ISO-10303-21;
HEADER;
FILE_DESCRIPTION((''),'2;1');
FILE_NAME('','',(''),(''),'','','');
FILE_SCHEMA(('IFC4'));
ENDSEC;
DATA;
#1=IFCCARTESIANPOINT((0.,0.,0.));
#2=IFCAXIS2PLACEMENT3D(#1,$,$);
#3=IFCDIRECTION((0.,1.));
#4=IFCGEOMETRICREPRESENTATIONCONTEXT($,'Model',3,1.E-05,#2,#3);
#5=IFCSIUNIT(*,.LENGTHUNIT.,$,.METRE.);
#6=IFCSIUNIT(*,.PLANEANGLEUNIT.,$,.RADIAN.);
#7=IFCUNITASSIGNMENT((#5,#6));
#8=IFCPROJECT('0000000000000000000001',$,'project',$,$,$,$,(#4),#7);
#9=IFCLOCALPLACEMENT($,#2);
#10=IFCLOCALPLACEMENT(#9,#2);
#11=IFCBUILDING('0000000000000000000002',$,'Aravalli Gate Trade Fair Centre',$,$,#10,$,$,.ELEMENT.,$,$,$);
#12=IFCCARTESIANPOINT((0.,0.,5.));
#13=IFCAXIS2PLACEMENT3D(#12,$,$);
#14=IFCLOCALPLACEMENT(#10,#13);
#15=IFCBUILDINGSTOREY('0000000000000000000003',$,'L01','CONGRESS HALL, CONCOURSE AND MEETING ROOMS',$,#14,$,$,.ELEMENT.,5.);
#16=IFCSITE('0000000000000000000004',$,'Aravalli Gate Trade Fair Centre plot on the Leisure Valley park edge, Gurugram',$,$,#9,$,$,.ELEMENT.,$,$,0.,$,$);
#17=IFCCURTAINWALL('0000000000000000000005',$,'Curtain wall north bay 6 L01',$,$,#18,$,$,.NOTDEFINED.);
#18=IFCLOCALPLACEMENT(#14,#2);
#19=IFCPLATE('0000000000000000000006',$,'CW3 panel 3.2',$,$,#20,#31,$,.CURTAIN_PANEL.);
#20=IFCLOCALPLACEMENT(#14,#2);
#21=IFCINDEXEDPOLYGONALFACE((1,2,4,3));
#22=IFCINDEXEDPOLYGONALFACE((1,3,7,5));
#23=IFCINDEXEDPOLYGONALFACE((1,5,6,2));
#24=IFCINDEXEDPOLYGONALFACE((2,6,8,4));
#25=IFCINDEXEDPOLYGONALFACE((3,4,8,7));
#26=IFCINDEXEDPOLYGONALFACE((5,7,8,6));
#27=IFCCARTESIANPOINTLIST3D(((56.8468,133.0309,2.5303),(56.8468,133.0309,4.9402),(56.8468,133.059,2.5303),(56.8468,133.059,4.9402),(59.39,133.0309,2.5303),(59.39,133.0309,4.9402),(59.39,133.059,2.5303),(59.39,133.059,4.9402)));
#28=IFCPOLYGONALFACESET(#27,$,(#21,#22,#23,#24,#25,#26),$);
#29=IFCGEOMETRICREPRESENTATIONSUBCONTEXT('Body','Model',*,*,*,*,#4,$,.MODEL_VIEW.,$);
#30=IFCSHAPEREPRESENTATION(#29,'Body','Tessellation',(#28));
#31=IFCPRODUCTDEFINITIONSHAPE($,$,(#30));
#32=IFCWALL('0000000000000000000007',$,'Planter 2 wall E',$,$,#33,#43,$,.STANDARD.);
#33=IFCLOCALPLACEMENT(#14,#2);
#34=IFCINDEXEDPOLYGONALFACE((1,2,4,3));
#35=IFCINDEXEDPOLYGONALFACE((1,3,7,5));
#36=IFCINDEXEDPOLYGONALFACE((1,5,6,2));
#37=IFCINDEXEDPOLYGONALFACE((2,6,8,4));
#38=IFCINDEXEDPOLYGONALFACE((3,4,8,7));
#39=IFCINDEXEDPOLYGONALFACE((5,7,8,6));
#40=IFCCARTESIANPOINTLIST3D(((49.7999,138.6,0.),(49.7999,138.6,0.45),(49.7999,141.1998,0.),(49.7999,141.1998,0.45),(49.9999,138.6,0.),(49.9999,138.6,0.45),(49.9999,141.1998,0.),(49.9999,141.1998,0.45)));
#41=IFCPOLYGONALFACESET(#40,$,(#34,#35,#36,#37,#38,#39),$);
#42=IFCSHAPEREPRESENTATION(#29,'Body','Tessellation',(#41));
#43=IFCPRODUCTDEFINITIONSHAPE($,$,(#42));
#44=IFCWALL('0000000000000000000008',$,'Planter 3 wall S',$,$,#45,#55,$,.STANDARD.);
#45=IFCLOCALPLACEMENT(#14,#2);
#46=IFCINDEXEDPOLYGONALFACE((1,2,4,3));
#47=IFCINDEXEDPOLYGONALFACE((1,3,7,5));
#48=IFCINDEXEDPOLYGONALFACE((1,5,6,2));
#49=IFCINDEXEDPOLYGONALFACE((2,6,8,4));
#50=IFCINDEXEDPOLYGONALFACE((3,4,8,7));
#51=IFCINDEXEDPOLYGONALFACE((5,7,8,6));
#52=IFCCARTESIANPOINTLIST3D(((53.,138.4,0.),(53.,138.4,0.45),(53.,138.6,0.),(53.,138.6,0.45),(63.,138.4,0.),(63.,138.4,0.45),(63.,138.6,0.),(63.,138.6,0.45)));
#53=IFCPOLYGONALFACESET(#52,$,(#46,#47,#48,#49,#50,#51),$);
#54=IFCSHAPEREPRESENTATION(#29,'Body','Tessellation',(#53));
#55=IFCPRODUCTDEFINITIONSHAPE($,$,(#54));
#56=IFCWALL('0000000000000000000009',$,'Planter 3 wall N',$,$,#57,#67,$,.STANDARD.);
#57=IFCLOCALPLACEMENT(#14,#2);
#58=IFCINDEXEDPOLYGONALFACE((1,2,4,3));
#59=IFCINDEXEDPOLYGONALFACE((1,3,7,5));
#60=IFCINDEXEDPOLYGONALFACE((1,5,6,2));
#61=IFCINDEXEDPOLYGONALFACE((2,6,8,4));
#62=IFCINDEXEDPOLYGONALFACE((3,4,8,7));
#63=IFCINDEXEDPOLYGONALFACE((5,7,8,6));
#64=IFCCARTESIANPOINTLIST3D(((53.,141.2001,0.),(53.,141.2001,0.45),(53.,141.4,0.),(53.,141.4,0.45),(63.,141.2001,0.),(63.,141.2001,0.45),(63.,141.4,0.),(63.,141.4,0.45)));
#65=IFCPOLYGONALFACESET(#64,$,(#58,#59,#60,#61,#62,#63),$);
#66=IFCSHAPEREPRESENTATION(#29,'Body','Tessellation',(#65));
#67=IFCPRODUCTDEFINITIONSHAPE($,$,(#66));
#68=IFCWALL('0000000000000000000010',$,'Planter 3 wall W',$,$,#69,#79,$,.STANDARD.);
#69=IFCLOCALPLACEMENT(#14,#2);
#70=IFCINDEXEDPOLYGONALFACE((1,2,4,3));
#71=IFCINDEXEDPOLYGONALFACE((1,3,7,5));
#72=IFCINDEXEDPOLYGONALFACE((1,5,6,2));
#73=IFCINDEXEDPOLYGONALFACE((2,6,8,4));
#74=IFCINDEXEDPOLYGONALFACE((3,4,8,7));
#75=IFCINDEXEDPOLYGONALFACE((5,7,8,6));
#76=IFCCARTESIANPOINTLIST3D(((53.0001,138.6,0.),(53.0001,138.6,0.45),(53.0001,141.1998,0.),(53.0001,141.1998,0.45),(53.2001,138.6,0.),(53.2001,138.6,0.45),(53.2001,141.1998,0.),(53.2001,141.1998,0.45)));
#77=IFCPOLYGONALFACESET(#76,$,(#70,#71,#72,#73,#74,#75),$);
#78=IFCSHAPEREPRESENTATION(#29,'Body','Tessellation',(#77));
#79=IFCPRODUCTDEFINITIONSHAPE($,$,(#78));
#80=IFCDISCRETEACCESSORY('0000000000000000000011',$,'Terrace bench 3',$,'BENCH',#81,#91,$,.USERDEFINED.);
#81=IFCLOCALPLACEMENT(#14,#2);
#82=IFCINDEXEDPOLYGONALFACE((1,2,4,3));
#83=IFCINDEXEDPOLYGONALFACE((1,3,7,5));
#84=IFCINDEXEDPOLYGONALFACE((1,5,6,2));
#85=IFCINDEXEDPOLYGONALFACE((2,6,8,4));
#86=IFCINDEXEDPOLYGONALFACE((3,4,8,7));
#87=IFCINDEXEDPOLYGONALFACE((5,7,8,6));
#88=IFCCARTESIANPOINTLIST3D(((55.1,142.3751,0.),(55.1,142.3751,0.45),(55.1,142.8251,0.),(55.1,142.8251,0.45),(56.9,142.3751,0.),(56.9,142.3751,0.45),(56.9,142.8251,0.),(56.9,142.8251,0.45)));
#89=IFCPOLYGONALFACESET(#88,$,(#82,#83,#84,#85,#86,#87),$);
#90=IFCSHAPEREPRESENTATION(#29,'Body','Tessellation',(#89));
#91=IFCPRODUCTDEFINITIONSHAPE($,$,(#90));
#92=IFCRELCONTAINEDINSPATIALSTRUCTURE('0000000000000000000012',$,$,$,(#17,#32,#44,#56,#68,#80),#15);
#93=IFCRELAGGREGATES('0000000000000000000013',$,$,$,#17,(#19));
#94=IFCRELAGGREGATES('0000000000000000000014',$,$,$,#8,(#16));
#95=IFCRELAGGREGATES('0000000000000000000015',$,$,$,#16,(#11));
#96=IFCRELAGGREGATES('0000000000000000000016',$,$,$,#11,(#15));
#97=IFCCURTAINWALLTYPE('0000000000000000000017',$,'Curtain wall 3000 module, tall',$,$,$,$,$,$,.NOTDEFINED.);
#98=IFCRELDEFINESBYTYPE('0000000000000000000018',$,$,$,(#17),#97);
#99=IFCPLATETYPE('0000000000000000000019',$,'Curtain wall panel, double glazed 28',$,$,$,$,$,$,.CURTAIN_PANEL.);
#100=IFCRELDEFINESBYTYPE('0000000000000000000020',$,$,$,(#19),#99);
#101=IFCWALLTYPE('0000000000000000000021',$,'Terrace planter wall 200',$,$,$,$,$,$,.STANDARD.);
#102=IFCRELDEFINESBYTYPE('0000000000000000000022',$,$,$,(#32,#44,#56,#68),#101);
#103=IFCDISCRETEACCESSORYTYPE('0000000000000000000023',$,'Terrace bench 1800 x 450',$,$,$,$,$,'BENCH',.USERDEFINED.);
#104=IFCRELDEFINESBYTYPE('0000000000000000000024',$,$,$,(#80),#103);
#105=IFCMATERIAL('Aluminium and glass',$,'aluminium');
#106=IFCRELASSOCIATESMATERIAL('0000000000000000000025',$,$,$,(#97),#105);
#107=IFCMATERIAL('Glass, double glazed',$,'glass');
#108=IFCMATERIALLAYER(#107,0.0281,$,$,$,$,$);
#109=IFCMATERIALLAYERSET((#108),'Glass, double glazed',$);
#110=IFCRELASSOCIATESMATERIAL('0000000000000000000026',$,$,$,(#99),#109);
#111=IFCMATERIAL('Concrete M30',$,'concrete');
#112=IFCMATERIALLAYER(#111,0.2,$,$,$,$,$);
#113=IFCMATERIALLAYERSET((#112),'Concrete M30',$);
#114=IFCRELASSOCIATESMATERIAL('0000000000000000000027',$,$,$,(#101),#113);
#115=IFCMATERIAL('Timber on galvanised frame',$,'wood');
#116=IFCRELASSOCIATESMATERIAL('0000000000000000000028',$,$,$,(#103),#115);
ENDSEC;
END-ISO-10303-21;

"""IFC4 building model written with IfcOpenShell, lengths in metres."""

from ifc_helpers import new_model, si_unit, direction, frame, frame_2d, origin, origin_2d, place, context, subcontext, project, spatial, rectangle, extrude, material, layer, layer_set, type_object, element, aggregate, save


model = new_model("IFC4")

# Units and contexts
model_context = context("Model", 3, precision=1e-05, world=origin(), true_north=direction((0.0, 1.0)))
body_context = subcontext(model_context, "Body", "Model", "MODEL_VIEW")
ifc_project = project(units=[si_unit("LENGTHUNIT", "METRE"), si_unit("PLANEANGLEUNIT", "RADIAN")], contexts=[model_context])

# Site, building, storey
site_placement = place(None, origin())
site = spatial("IfcSite", under=ifc_project, at=site_placement, Name="Aravalli Gate Trade Fair Centre plot on the Leisure Valley park edge, Gurugram", CompositionType="ELEMENT", RefElevation=0.0)
building_placement = place(site_placement, origin())
building = spatial("IfcBuilding", under=site, at=building_placement, Name="Aravalli Gate Trade Fair Centre", CompositionType="ELEMENT")
storey_placement = place(building_placement, frame((0.0, 0.0, 5.0)))
storey = spatial("IfcBuildingStorey", under=building, at=storey_placement, Name="L01", Description="CONGRESS HALL, CONCOURSE AND MEETING ROOMS", CompositionType="ELEMENT", Elevation=5.0)

# Curtain wall
ifc_material_1 = material(Name="Aluminium and glass", Category="aluminium")
curtain_wall_type = type_object("IfcCurtainWallType", Name="Curtain wall 3000 module, tall", PredefinedType="NOTDEFINED", material=ifc_material_1)
curtain_wall_1_placement = place(storey_placement, origin())
curtain_wall_1 = element("IfcCurtainWall", 1, at=curtain_wall_1_placement, inside=storey, type_object=curtain_wall_type, Name="Curtain wall north bay 6 L01", PredefinedType="NOTDEFINED")

# Plate
ifc_material_2 = material(Name="Glass, double glazed", Category="glass")
ifc_layer_1 = layer(ifc_material_2, 0.0281)
ifc_layer_set_1 = layer_set([ifc_layer_1], Name="Glass, double glazed")
plate_type = type_object("IfcPlateType", Name="Curtain wall panel, double glazed 28", PredefinedType="CURTAIN_PANEL", material=ifc_layer_set_1)
plate_1_placement = place(storey_placement, frame((58.1184, 133.0449, 2.5303), z_axis=(0.0, 0.0, 1.0), x_axis=(1.0, 0.0, 0.0)))
plate_1 = element("IfcPlate", 2, at=plate_1_placement, type_object=plate_type, Name="CW3 panel 3.2", PredefinedType="CURTAIN_PANEL", context=body_context, shape_type="SweptSolid", body=[
    extrude(rectangle(XDim=2.5432, YDim=0.0281, at=origin_2d()), origin(), (0.0, 0.0, 1.0), 2.4099),
])
aggregate(curtain_wall_1, [plate_1])

# Walls
ifc_material_3 = material(Name="Concrete M30", Category="concrete")
ifc_layer_2 = layer(ifc_material_3, 0.2)
ifc_layer_set_2 = layer_set([ifc_layer_2], Name="Concrete M30")
wall_type = type_object("IfcWallType", Name="Terrace planter wall 200", PredefinedType="STANDARD", material=ifc_layer_set_2)
wall_1_placement = place(storey_placement, frame((49.8999, 138.6001, 0.0), z_axis=(0.0, 0.0, 1.0), x_axis=(0.0, 1.0, 0.0)))
element("IfcWall", 3, at=wall_1_placement, inside=storey, type_object=wall_type, Name="Planter 2 wall E", PredefinedType="STANDARD", context=body_context, shape_type="SweptSolid", body=[
    extrude(rectangle(XDim=2.5999, YDim=0.2, at=frame_2d((1.2998, 0.0))), origin(), (0.0, 0.0, 1.0), 0.45),
])
for number, where, z_axis, x_axis, name in (
    (4, (53.0, 138.5, 0.0), (0.0, 0.0, 1.0), (1.0, 0.0, 0.0), "Planter 3 wall S"),
    (5, (53.0, 141.3, 0.0), (0.0, 0.0, 1.0), (1.0, 0.0, 0.0), "Planter 3 wall N"),
):
    element("IfcWall", number, at=place(storey_placement, frame(where, z_axis=z_axis, x_axis=x_axis)), inside=storey, type_object=wall_type, Name=name, PredefinedType="STANDARD", context=body_context, shape_type="SweptSolid", body=[
        extrude(rectangle(XDim=10.0, YDim=0.2, at=frame_2d((5.0, 0.0))), origin(), (0.0, 0.0, 1.0), 0.45),
    ])
wall_2_placement = place(storey_placement, frame((53.1001, 138.6001, 0.0), z_axis=(0.0, 0.0, 1.0), x_axis=(0.0, 1.0, 0.0)))
element("IfcWall", 6, at=wall_2_placement, inside=storey, type_object=wall_type, Name="Planter 3 wall W", PredefinedType="STANDARD", context=body_context, shape_type="SweptSolid", body=[
    extrude(rectangle(XDim=2.5999, YDim=0.2, at=frame_2d((1.2998, 0.0))), origin(), (0.0, 0.0, 1.0), 0.45),
])

# Discrete accessory
ifc_material_4 = material(Name="Timber on galvanised frame", Category="wood")
discrete_accessory_type = type_object("IfcDiscreteAccessoryType", Name="Terrace bench 1800 x 450", ElementType="BENCH", PredefinedType="USERDEFINED", material=ifc_material_4)
discrete_accessory_placement = place(storey_placement, frame((56.0, 142.6001, 0.0), z_axis=(0.0, 0.0, 1.0), x_axis=(1.0, 0.0, 0.0)))
element("IfcDiscreteAccessory", 7, at=discrete_accessory_placement, inside=storey, type_object=discrete_accessory_type, Name="Terrace bench 3", ObjectType="BENCH", PredefinedType="USERDEFINED", context=body_context, shape_type="SweptSolid", body=[
    extrude(rectangle(XDim=1.8, YDim=0.45, at=origin_2d()), origin(), (0.0, 0.0, 1.0), 0.45),
])

save(model, "model.ifc")
